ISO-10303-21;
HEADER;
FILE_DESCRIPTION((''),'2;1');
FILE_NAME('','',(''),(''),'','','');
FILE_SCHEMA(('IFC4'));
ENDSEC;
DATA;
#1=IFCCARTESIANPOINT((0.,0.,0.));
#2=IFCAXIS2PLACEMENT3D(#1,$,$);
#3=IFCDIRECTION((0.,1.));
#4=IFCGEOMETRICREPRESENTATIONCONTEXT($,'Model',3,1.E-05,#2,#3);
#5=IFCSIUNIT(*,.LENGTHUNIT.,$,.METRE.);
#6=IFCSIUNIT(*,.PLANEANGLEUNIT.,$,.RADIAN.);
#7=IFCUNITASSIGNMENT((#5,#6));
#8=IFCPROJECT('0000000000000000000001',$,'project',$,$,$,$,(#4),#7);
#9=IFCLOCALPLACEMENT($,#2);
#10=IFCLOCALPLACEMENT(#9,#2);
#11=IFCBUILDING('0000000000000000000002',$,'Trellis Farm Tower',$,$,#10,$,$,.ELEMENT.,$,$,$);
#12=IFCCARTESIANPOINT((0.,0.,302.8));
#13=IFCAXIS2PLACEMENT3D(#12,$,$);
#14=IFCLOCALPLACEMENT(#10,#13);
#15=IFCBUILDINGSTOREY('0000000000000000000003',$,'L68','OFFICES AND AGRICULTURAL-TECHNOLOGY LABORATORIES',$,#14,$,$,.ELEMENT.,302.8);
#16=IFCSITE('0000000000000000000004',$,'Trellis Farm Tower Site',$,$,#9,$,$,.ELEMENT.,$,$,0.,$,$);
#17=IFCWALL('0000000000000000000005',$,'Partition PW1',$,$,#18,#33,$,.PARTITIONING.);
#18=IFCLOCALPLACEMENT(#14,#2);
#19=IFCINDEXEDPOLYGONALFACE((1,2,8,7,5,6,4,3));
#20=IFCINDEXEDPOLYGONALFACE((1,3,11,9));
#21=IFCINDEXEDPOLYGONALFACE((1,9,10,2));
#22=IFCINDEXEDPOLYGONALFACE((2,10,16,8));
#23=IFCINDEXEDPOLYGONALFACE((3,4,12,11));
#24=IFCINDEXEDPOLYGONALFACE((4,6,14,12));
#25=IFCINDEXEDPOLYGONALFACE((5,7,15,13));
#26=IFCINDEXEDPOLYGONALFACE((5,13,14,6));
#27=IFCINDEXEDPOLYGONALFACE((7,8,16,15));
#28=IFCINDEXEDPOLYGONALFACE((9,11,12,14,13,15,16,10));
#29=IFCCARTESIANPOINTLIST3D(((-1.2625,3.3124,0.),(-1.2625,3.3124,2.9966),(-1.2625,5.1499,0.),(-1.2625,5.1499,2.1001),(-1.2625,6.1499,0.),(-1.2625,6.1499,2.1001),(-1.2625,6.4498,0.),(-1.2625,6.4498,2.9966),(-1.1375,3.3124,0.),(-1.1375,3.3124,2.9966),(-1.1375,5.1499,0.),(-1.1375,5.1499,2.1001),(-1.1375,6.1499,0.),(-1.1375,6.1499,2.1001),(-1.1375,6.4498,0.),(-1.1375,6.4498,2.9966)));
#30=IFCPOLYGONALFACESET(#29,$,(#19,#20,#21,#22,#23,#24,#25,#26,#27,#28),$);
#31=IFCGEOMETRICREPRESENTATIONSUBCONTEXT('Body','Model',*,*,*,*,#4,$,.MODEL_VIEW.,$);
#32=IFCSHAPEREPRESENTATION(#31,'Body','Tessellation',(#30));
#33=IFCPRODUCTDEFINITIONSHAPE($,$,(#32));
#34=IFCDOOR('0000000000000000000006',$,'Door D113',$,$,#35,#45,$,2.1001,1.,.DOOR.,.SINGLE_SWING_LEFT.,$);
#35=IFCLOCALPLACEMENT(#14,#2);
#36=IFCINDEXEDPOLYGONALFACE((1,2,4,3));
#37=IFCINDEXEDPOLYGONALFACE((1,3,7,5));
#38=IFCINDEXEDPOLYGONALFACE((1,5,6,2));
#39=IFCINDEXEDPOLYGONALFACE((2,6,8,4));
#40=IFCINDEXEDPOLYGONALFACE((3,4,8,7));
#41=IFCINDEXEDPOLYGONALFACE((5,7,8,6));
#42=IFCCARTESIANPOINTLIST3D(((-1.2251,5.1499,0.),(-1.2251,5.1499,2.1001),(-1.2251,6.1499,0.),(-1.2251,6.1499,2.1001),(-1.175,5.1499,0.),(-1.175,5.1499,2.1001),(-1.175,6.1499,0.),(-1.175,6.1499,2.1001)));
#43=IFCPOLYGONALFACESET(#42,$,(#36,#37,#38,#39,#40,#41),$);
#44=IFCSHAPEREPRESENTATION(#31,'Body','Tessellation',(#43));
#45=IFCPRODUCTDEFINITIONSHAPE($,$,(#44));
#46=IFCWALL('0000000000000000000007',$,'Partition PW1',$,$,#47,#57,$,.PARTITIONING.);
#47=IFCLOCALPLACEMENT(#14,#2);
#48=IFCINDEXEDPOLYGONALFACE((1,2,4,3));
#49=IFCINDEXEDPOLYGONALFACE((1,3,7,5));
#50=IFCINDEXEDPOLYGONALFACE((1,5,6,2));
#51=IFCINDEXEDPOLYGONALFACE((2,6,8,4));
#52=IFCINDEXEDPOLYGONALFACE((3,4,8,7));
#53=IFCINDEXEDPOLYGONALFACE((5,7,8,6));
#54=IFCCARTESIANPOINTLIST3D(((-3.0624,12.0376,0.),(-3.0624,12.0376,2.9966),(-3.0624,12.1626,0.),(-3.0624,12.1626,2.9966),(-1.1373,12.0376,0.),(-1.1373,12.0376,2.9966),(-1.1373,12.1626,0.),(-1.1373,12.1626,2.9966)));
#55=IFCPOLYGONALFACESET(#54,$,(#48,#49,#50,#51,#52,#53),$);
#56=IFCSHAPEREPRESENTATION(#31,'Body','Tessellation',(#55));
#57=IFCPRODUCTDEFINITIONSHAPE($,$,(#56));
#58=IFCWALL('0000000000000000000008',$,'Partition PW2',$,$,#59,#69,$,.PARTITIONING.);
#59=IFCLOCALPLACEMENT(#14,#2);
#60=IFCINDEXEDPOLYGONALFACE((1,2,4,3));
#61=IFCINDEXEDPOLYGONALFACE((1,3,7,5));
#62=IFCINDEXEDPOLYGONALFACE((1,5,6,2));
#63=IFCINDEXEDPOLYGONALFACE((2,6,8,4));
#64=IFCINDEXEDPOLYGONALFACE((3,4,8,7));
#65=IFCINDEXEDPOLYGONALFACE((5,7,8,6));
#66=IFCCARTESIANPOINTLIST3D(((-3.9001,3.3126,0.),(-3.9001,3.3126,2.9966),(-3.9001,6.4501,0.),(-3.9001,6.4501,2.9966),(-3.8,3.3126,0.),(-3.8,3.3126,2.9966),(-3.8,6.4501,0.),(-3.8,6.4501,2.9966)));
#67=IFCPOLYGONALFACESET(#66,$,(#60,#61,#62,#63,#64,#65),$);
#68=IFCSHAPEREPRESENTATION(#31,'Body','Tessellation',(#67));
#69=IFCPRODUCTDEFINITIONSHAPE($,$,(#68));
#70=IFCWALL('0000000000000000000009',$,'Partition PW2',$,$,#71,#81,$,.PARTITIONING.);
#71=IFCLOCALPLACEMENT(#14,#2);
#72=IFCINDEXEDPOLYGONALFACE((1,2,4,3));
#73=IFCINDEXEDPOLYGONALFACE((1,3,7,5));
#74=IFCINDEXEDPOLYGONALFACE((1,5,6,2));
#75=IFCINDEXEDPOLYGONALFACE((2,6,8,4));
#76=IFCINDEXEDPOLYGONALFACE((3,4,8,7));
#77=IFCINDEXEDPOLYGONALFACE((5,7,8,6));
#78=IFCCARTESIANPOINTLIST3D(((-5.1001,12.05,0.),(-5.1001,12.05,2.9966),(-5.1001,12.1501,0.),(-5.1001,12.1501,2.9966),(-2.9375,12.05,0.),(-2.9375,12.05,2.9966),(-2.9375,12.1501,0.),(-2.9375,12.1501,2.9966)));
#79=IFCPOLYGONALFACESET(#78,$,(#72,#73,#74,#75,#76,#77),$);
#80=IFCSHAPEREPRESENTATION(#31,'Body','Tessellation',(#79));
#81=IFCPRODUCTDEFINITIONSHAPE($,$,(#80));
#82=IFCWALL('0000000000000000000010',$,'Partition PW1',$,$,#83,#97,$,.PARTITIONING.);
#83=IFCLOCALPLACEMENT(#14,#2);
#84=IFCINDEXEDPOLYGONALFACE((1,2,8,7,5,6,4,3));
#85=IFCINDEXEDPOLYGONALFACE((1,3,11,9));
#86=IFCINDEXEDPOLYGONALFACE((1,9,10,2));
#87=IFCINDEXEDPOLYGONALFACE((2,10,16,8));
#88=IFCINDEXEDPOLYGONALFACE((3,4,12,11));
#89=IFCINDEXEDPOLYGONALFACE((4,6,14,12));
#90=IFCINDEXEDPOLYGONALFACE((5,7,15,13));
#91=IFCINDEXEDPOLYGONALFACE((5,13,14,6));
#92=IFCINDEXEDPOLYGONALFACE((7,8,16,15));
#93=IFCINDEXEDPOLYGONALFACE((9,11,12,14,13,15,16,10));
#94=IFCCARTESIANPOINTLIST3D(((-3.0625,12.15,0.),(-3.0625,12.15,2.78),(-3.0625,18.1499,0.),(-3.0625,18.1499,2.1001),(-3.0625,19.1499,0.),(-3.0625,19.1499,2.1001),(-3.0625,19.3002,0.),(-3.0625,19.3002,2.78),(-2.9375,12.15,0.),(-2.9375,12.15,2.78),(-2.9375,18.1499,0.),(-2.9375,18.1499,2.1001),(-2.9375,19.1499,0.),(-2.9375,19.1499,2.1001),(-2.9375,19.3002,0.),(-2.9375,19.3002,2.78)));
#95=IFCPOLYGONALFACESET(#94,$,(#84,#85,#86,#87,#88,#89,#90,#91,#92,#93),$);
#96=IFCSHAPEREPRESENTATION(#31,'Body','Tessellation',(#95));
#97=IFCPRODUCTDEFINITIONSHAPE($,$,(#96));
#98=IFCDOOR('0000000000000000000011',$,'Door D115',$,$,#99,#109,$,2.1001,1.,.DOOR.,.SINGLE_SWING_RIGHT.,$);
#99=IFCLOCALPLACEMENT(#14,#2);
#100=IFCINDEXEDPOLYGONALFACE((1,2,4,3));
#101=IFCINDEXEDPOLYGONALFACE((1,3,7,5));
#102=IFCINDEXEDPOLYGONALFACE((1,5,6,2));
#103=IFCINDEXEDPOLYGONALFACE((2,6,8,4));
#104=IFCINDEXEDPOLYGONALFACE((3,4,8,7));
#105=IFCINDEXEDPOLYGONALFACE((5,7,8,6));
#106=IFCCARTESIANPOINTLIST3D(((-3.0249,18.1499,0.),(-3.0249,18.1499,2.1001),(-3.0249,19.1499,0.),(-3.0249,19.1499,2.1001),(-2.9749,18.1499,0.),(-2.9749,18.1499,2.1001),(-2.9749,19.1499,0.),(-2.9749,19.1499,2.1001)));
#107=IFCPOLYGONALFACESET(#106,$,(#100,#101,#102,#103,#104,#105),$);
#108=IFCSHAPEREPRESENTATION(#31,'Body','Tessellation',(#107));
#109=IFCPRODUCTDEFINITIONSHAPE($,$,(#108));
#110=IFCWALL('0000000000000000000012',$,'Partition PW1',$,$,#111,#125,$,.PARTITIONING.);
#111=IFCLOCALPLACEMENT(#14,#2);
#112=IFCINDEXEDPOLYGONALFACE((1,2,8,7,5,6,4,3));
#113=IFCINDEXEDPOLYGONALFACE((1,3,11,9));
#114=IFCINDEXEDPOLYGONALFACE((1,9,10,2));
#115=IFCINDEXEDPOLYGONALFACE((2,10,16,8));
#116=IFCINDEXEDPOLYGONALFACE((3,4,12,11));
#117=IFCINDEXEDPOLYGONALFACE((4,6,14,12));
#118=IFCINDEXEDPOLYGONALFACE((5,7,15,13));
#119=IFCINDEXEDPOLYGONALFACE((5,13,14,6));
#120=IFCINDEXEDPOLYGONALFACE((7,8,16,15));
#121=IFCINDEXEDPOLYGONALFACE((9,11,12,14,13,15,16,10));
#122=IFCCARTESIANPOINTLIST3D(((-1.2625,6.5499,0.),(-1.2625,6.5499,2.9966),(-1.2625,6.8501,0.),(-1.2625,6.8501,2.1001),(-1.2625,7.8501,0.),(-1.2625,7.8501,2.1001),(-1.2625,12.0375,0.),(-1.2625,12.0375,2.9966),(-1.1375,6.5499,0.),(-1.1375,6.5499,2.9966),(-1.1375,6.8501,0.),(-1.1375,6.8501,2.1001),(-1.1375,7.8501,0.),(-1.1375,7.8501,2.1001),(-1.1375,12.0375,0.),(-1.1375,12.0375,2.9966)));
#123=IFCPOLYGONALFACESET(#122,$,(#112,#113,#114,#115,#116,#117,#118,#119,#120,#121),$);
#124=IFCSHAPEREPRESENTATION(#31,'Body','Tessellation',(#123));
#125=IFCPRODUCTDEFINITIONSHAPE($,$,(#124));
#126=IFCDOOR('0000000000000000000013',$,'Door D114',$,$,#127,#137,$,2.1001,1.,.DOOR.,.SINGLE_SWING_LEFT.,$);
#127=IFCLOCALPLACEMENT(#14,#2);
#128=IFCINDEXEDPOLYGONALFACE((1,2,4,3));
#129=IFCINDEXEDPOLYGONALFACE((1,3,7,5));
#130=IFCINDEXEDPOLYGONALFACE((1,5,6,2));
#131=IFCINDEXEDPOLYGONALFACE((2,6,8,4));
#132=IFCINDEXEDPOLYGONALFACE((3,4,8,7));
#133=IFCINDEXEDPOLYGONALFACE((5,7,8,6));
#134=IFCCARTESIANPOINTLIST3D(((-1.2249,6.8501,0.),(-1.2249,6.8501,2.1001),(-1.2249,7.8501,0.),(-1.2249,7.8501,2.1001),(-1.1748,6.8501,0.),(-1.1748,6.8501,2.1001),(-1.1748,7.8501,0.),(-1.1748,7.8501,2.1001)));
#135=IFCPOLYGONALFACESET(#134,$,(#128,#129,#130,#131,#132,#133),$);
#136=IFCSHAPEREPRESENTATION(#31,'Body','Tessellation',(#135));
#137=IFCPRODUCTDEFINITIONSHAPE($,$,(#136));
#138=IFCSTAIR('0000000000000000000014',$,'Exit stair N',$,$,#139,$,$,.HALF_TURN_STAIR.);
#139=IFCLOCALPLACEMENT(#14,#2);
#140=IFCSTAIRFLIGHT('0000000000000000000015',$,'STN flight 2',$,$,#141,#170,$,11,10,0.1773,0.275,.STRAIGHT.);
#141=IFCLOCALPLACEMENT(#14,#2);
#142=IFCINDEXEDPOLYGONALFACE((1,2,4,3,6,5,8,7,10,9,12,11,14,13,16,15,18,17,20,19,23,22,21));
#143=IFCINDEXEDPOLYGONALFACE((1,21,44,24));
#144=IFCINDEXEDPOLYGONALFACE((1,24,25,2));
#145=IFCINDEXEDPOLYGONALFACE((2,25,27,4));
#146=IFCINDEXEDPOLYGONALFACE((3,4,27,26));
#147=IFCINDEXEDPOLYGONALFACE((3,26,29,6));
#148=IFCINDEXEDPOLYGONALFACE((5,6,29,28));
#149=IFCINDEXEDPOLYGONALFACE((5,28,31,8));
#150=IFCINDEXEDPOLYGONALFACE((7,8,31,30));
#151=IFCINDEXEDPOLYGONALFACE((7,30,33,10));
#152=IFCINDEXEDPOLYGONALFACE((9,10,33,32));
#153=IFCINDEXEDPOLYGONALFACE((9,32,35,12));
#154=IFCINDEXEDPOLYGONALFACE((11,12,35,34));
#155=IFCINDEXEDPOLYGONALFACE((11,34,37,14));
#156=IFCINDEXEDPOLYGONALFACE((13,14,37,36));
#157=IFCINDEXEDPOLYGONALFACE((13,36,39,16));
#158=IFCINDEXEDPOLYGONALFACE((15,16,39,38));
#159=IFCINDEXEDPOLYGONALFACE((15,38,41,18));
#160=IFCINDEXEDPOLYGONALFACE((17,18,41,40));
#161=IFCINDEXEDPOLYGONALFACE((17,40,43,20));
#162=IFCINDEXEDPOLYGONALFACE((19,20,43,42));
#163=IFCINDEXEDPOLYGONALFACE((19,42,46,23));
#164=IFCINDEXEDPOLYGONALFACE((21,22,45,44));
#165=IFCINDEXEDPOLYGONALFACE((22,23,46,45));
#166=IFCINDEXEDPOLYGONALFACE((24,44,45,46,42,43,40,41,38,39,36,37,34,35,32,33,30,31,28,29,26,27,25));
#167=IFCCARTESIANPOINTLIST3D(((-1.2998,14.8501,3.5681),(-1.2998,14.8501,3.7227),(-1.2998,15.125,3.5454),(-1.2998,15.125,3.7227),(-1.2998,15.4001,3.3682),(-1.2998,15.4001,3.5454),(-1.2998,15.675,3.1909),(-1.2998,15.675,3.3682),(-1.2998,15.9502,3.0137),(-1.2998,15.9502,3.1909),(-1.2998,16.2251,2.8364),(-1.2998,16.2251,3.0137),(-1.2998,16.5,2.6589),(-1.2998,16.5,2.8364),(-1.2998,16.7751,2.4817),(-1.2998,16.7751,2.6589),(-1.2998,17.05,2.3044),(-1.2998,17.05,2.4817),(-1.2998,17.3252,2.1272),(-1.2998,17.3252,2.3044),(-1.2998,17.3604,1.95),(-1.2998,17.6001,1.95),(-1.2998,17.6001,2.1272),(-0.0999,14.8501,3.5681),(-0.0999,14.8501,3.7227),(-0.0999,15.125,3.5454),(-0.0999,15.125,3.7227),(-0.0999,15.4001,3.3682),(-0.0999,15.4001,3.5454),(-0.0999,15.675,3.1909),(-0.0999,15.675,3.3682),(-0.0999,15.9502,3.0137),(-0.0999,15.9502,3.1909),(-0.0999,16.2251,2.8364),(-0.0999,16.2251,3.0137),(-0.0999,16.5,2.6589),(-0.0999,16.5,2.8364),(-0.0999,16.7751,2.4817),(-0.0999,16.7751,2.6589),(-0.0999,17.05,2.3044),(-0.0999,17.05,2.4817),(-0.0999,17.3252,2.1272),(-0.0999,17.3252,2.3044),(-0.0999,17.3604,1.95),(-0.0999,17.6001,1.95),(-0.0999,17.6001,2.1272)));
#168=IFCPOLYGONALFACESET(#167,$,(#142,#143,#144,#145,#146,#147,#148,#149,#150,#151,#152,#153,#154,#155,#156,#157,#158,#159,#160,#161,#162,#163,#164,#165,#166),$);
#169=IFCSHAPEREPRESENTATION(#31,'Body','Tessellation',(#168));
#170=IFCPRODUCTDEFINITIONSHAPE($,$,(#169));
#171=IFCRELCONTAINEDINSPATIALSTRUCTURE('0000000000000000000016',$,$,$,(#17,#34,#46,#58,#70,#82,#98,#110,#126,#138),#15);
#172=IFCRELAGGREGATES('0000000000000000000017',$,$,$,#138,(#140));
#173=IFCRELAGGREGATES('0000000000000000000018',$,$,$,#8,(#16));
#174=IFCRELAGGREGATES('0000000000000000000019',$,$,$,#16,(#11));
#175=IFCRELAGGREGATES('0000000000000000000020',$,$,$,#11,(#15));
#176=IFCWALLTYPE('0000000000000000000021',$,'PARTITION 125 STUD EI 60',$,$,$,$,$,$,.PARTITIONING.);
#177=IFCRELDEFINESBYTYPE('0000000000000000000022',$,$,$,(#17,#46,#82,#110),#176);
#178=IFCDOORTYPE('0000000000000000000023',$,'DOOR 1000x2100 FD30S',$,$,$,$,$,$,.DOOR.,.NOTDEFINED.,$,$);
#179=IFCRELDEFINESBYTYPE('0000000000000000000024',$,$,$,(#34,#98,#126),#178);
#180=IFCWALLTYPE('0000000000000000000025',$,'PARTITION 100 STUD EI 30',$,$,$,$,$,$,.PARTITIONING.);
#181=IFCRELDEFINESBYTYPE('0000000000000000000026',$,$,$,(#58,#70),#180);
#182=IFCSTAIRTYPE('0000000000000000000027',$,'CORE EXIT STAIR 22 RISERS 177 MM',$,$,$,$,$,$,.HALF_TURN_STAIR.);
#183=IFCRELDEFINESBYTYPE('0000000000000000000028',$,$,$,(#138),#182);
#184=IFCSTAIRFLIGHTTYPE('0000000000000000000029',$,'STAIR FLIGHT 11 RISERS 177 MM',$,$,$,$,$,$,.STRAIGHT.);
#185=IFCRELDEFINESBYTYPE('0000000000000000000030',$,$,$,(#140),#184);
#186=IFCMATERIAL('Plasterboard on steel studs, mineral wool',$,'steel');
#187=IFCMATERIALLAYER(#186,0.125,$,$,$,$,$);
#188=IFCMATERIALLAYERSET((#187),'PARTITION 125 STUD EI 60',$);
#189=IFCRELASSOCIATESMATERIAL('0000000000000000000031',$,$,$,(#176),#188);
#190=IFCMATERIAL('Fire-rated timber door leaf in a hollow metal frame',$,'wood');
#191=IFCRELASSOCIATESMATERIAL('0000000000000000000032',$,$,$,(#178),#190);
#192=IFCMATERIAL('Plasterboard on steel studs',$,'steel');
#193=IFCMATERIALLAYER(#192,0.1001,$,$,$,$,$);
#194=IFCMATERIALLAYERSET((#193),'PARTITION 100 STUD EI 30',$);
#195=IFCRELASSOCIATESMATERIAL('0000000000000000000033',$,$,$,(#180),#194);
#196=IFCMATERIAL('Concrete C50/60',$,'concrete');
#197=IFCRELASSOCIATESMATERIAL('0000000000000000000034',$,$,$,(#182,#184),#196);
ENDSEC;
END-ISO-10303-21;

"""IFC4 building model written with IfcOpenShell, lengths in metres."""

from ifc_helpers import new_model, si_unit, direction, frame, frame_2d, origin, place, context, subcontext, project, spatial, polyline, rectangle, outline, extrude, source, transform, mapped, material, layer, layer_set, type_object, element, fill, aggregate, save


model = new_model("IFC4")

# Units and contexts
model_context = context("Model", 3, precision=1e-05, world=origin(), true_north=direction((0.0, 1.0)))
body_context = subcontext(model_context, "Body", "Model", "MODEL_VIEW")
ifc_project = project(units=[si_unit("LENGTHUNIT", "METRE"), si_unit("PLANEANGLEUNIT", "RADIAN")], contexts=[model_context])

# Site, building, storey
site_placement = place(None, origin())
site = spatial("IfcSite", under=ifc_project, at=site_placement, Name="Trellis Farm Tower Site", CompositionType="ELEMENT", RefElevation=0.0)
building_placement = place(site_placement, origin())
building = spatial("IfcBuilding", under=site, at=building_placement, Name="Trellis Farm Tower", CompositionType="ELEMENT")
storey_placement = place(building_placement, frame((0.0, 0.0, 302.8)))
storey = spatial("IfcBuildingStorey", under=building, at=storey_placement, Name="L68", Description="OFFICES AND AGRICULTURAL-TECHNOLOGY LABORATORIES", CompositionType="ELEMENT", Elevation=302.8)

# Shared definitions
placement = place(storey_placement, origin())

# Shared definitions
ifc_material_1 = material(Name="Concrete C50/60", Category="concrete")

# Wall, opening, door
ifc_material_2 = material(Name="Plasterboard on steel studs, mineral wool", Category="steel")
ifc_layer_1 = layer(ifc_material_2, 0.125)
ifc_layer_set_1 = layer_set([ifc_layer_1], Name="PARTITION 125 STUD EI 60")
wall_type_1 = type_object("IfcWallType", Name="PARTITION 125 STUD EI 60", PredefinedType="PARTITIONING", material=ifc_layer_set_1)
shared_shape_1 = source(origin(), body_context, "Body", "SweptSolid", [
    extrude(rectangle(XDim=3.1375, YDim=0.125, at=frame_2d((1.5688, 0.0))), origin(), (0.0, 0.0, 1.0), 2.9966),
])
wall_1_placement = place(storey_placement, frame((-1.2, 6.45, 0.0), z_axis=(0.0, 0.0, 1.0), x_axis=(0.0, -1.0, 0.0)))
wall_1 = element("IfcWall", 1, at=wall_1_placement, inside=storey, type_object=wall_type_1, Name="Partition PW1", PredefinedType="PARTITIONING", context=body_context, shape_type="MappedRepresentation", body=[
    mapped(shared_shape_1, transform((0.0, 0.0, 0.0))),
])
shared_shape_2 = source(origin(), body_context, "Body", "SweptSolid", [
    extrude(rectangle(XDim=1.0, YDim=2.1001, at=frame_2d((0.5, 1.05))), frame((0.0, 0.0725, 0.0), z_axis=(0.0, -1.0, 0.0), x_axis=(1.0, 0.0, 0.0)), (0.0, 0.0, 1.0), 0.145),
])
opening_1_placement = place(wall_1_placement, frame((0.3, 0.0, 0.0)))
opening_1 = element("IfcOpeningElement", 2, at=opening_1_placement, cuts=wall_1, PredefinedType="OPENING", context=body_context, shape_type="MappedRepresentation", body=[
    mapped(shared_shape_2, transform((0.0, 0.0, 0.0))),
])
ifc_material_3 = material(Name="Fire-rated timber door leaf in a hollow metal frame", Category="wood")
door_type_1 = type_object("IfcDoorType", Name="DOOR 1000x2100 FD30S", OperationType="NOTDEFINED", PredefinedType="DOOR", material=ifc_material_3)
shared_shape_3 = source(origin(), body_context, "Body", "SweptSolid", [
    extrude(rectangle(XDim=1.0, YDim=2.1001, at=frame_2d((0.5, 1.05))), frame((0.0, 0.0249, 0.0), z_axis=(0.0, -1.0, 0.0), x_axis=(1.0, 0.0, 0.0)), (0.0, 0.0, 1.0), 0.05),
])
door_1_placement = place(opening_1_placement, origin())
door_1 = element("IfcDoor", 3, at=door_1_placement, inside=storey, type_object=door_type_1, Name="Door D113", OperationType="SINGLE_SWING_LEFT", OverallHeight=2.1001, OverallWidth=1.0, PredefinedType="DOOR", context=body_context, shape_type="MappedRepresentation", body=[
    mapped(shared_shape_3, transform((0.0, 0.0, 0.0))),
])
fill(opening_1, door_1)

# Walls
shared_shape_4 = source(origin(), body_context, "Body", "SweptSolid", [
    extrude(rectangle(XDim=1.925, YDim=0.125, at=frame_2d((0.9624, 0.0))), origin(), (0.0, 0.0, 1.0), 2.9966),
])
wall_2_placement = place(storey_placement, frame((-1.1375, 12.1001, 0.0), z_axis=(0.0, 0.0, 1.0), x_axis=(-1.0, 0.0, 0.0)))
element("IfcWall", 4, at=wall_2_placement, inside=storey, type_object=wall_type_1, Name="Partition PW1", PredefinedType="PARTITIONING", context=body_context, shape_type="MappedRepresentation", body=[
    mapped(shared_shape_4, transform((0.0, 0.0, 0.0))),
])
ifc_material_4 = material(Name="Plasterboard on steel studs", Category="steel")
ifc_layer_2 = layer(ifc_material_4, 0.1001)
ifc_layer_set_2 = layer_set([ifc_layer_2], Name="PARTITION 100 STUD EI 30")
wall_type_2 = type_object("IfcWallType", Name="PARTITION 100 STUD EI 30", PredefinedType="PARTITIONING", material=ifc_layer_set_2)
shared_shape_5 = source(origin(), body_context, "Body", "SweptSolid", [
    extrude(rectangle(XDim=3.1375, YDim=0.1001, at=frame_2d((1.5688, 0.0))), origin(), (0.0, 0.0, 1.0), 2.9966),
])
wall_3_placement = place(storey_placement, frame((-3.8501, 3.3125, 0.0), z_axis=(0.0, 0.0, 1.0), x_axis=(0.0, 1.0, 0.0)))
element("IfcWall", 5, at=wall_3_placement, inside=storey, type_object=wall_type_2, Name="Partition PW2", PredefinedType="PARTITIONING", context=body_context, shape_type="MappedRepresentation", body=[
    mapped(shared_shape_5, transform((0.0, 0.0, 0.0))),
])
shared_shape_6 = source(origin(), body_context, "Body", "SweptSolid", [
    extrude(rectangle(XDim=2.1626, YDim=0.1001, at=frame_2d((1.0813, 0.0))), origin(), (0.0, 0.0, 1.0), 2.9966),
])
wall_4_placement = place(storey_placement, frame((-5.1001, 12.1001, 0.0), z_axis=(0.0, 0.0, 1.0), x_axis=(1.0, 0.0, 0.0)))
element("IfcWall", 6, at=wall_4_placement, inside=storey, type_object=wall_type_2, Name="Partition PW2", PredefinedType="PARTITIONING", context=body_context, shape_type="MappedRepresentation", body=[
    mapped(shared_shape_6, transform((0.0, 0.0, 0.0))),
])

# Walls, openings, doors
shared_shape_7 = source(origin(), body_context, "Body", "SweptSolid", [
    extrude(rectangle(XDim=7.1501, YDim=0.125, at=frame_2d((3.5752, 0.0))), origin(), (0.0, 0.0, 1.0), 2.78),
])
wall_5_placement = place(storey_placement, frame((-3.0, 12.1499, 0.0), z_axis=(0.0, 0.0, 1.0), x_axis=(0.0, 1.0, 0.0)))
wall_5 = element("IfcWall", 7, at=wall_5_placement, inside=storey, type_object=wall_type_1, Name="Partition PW1", PredefinedType="PARTITIONING", context=body_context, shape_type="MappedRepresentation", body=[
    mapped(shared_shape_7, transform((0.0, 0.0, 0.0))),
])
opening_2_placement = place(wall_5_placement, frame((6.0, 0.0, 0.0)))
opening_2 = element("IfcOpeningElement", 8, at=opening_2_placement, cuts=wall_5, PredefinedType="OPENING", context=body_context, shape_type="MappedRepresentation", body=[
    mapped(shared_shape_2, transform((0.0, 0.0, 0.0))),
])
door_2_placement = place(opening_2_placement, origin())
door_2 = element("IfcDoor", 9, at=door_2_placement, inside=storey, type_object=door_type_1, Name="Door D115", OperationType="SINGLE_SWING_RIGHT", OverallHeight=2.1001, OverallWidth=1.0, PredefinedType="DOOR", context=body_context, shape_type="MappedRepresentation", body=[
    mapped(shared_shape_3, transform((0.0, 0.0, 0.0))),
])
fill(opening_2, door_2)
shared_shape_8 = source(origin(), body_context, "Body", "SweptSolid", [
    extrude(rectangle(XDim=5.4875, YDim=0.125, at=frame_2d((2.7437, 0.0))), origin(), (0.0, 0.0, 1.0), 2.9966),
])
wall_6_placement = place(storey_placement, frame((-1.2, 6.55, 0.0), z_axis=(0.0, 0.0, 1.0), x_axis=(0.0, 1.0, 0.0)))
wall_6 = element("IfcWall", 10, at=wall_6_placement, inside=storey, type_object=wall_type_1, Name="Partition PW1", PredefinedType="PARTITIONING", context=body_context, shape_type="MappedRepresentation", body=[
    mapped(shared_shape_8, transform((0.0, 0.0, 0.0))),
])
opening_3_placement = place(wall_6_placement, frame((0.3, 0.0, 0.0)))
opening_3 = element("IfcOpeningElement", 11, at=opening_3_placement, cuts=wall_6, PredefinedType="OPENING", context=body_context, shape_type="MappedRepresentation", body=[
    mapped(shared_shape_2, transform((0.0, 0.0, 0.0))),
])
door_3_placement = place(opening_3_placement, origin())
door_3 = element("IfcDoor", 12, at=door_3_placement, inside=storey, type_object=door_type_1, Name="Door D114", OperationType="SINGLE_SWING_LEFT", OverallHeight=2.1001, OverallWidth=1.0, PredefinedType="DOOR", context=body_context, shape_type="MappedRepresentation", body=[
    mapped(shared_shape_3, transform((0.0, 0.0, 0.0))),
])
fill(opening_3, door_3)

# Stair, stair flight
stair_type = type_object("IfcStairType", Name="CORE EXIT STAIR 22 RISERS 177 MM", PredefinedType="HALF_TURN_STAIR", material=ifc_material_1)
stair = element("IfcStair", 13, at=placement, inside=storey, type_object=stair_type, Name="Exit stair N", PredefinedType="HALF_TURN_STAIR")
stair_flight_type = type_object("IfcStairFlightType", Name="STAIR FLIGHT 11 RISERS 177 MM", PredefinedType="STRAIGHT", material=ifc_material_1)
shared_shape_9 = source(origin(), body_context, "Body", "SweptSolid", [
    extrude(outline(polyline([(0.0, 0.0), (0.0, 0.1772), (0.2749, 0.1772), (0.2749, 0.3545), (0.55, 0.3545), (0.55, 0.5317), (0.825, 0.5317), (0.825, 0.709), (1.1001, 0.709), (1.1001, 0.8865), (1.375, 0.8865), (1.375, 1.0637), (1.6499, 1.0637), (1.6499, 1.241), (1.925, 1.241), (1.925, 1.4182), (2.2, 1.4182), (2.2, 1.5955), (2.4751, 1.5955), (2.4751, 1.7727), (2.75, 1.7727), (2.75, 1.95), (2.75, 1.6182), (0.2397, 0.0), (0.0, 0.0)])), frame((0.0, 0.6001, 0.0), z_axis=(0.0, -1.0, 0.0), x_axis=(1.0, 0.0, 0.0)), (0.0, 0.0, 1.0), 1.2),
])
stair_flight_placement = place(storey_placement, frame((-0.7, 17.6001, 1.95), z_axis=(0.0, 0.0, 1.0), x_axis=(0.0, -1.0, 0.0)))
stair_flight = element("IfcStairFlight", 14, at=stair_flight_placement, type_object=stair_flight_type, Name="STN flight 2", NumberOfRisers=11, NumberOfTreads=10, PredefinedType="STRAIGHT", RiserHeight=0.1773, TreadLength=0.275, context=body_context, shape_type="MappedRepresentation", body=[
    mapped(shared_shape_9, transform((0.0, 0.0, 0.0))),
])
aggregate(stair, [stair_flight])

save(model, "model.ifc")
